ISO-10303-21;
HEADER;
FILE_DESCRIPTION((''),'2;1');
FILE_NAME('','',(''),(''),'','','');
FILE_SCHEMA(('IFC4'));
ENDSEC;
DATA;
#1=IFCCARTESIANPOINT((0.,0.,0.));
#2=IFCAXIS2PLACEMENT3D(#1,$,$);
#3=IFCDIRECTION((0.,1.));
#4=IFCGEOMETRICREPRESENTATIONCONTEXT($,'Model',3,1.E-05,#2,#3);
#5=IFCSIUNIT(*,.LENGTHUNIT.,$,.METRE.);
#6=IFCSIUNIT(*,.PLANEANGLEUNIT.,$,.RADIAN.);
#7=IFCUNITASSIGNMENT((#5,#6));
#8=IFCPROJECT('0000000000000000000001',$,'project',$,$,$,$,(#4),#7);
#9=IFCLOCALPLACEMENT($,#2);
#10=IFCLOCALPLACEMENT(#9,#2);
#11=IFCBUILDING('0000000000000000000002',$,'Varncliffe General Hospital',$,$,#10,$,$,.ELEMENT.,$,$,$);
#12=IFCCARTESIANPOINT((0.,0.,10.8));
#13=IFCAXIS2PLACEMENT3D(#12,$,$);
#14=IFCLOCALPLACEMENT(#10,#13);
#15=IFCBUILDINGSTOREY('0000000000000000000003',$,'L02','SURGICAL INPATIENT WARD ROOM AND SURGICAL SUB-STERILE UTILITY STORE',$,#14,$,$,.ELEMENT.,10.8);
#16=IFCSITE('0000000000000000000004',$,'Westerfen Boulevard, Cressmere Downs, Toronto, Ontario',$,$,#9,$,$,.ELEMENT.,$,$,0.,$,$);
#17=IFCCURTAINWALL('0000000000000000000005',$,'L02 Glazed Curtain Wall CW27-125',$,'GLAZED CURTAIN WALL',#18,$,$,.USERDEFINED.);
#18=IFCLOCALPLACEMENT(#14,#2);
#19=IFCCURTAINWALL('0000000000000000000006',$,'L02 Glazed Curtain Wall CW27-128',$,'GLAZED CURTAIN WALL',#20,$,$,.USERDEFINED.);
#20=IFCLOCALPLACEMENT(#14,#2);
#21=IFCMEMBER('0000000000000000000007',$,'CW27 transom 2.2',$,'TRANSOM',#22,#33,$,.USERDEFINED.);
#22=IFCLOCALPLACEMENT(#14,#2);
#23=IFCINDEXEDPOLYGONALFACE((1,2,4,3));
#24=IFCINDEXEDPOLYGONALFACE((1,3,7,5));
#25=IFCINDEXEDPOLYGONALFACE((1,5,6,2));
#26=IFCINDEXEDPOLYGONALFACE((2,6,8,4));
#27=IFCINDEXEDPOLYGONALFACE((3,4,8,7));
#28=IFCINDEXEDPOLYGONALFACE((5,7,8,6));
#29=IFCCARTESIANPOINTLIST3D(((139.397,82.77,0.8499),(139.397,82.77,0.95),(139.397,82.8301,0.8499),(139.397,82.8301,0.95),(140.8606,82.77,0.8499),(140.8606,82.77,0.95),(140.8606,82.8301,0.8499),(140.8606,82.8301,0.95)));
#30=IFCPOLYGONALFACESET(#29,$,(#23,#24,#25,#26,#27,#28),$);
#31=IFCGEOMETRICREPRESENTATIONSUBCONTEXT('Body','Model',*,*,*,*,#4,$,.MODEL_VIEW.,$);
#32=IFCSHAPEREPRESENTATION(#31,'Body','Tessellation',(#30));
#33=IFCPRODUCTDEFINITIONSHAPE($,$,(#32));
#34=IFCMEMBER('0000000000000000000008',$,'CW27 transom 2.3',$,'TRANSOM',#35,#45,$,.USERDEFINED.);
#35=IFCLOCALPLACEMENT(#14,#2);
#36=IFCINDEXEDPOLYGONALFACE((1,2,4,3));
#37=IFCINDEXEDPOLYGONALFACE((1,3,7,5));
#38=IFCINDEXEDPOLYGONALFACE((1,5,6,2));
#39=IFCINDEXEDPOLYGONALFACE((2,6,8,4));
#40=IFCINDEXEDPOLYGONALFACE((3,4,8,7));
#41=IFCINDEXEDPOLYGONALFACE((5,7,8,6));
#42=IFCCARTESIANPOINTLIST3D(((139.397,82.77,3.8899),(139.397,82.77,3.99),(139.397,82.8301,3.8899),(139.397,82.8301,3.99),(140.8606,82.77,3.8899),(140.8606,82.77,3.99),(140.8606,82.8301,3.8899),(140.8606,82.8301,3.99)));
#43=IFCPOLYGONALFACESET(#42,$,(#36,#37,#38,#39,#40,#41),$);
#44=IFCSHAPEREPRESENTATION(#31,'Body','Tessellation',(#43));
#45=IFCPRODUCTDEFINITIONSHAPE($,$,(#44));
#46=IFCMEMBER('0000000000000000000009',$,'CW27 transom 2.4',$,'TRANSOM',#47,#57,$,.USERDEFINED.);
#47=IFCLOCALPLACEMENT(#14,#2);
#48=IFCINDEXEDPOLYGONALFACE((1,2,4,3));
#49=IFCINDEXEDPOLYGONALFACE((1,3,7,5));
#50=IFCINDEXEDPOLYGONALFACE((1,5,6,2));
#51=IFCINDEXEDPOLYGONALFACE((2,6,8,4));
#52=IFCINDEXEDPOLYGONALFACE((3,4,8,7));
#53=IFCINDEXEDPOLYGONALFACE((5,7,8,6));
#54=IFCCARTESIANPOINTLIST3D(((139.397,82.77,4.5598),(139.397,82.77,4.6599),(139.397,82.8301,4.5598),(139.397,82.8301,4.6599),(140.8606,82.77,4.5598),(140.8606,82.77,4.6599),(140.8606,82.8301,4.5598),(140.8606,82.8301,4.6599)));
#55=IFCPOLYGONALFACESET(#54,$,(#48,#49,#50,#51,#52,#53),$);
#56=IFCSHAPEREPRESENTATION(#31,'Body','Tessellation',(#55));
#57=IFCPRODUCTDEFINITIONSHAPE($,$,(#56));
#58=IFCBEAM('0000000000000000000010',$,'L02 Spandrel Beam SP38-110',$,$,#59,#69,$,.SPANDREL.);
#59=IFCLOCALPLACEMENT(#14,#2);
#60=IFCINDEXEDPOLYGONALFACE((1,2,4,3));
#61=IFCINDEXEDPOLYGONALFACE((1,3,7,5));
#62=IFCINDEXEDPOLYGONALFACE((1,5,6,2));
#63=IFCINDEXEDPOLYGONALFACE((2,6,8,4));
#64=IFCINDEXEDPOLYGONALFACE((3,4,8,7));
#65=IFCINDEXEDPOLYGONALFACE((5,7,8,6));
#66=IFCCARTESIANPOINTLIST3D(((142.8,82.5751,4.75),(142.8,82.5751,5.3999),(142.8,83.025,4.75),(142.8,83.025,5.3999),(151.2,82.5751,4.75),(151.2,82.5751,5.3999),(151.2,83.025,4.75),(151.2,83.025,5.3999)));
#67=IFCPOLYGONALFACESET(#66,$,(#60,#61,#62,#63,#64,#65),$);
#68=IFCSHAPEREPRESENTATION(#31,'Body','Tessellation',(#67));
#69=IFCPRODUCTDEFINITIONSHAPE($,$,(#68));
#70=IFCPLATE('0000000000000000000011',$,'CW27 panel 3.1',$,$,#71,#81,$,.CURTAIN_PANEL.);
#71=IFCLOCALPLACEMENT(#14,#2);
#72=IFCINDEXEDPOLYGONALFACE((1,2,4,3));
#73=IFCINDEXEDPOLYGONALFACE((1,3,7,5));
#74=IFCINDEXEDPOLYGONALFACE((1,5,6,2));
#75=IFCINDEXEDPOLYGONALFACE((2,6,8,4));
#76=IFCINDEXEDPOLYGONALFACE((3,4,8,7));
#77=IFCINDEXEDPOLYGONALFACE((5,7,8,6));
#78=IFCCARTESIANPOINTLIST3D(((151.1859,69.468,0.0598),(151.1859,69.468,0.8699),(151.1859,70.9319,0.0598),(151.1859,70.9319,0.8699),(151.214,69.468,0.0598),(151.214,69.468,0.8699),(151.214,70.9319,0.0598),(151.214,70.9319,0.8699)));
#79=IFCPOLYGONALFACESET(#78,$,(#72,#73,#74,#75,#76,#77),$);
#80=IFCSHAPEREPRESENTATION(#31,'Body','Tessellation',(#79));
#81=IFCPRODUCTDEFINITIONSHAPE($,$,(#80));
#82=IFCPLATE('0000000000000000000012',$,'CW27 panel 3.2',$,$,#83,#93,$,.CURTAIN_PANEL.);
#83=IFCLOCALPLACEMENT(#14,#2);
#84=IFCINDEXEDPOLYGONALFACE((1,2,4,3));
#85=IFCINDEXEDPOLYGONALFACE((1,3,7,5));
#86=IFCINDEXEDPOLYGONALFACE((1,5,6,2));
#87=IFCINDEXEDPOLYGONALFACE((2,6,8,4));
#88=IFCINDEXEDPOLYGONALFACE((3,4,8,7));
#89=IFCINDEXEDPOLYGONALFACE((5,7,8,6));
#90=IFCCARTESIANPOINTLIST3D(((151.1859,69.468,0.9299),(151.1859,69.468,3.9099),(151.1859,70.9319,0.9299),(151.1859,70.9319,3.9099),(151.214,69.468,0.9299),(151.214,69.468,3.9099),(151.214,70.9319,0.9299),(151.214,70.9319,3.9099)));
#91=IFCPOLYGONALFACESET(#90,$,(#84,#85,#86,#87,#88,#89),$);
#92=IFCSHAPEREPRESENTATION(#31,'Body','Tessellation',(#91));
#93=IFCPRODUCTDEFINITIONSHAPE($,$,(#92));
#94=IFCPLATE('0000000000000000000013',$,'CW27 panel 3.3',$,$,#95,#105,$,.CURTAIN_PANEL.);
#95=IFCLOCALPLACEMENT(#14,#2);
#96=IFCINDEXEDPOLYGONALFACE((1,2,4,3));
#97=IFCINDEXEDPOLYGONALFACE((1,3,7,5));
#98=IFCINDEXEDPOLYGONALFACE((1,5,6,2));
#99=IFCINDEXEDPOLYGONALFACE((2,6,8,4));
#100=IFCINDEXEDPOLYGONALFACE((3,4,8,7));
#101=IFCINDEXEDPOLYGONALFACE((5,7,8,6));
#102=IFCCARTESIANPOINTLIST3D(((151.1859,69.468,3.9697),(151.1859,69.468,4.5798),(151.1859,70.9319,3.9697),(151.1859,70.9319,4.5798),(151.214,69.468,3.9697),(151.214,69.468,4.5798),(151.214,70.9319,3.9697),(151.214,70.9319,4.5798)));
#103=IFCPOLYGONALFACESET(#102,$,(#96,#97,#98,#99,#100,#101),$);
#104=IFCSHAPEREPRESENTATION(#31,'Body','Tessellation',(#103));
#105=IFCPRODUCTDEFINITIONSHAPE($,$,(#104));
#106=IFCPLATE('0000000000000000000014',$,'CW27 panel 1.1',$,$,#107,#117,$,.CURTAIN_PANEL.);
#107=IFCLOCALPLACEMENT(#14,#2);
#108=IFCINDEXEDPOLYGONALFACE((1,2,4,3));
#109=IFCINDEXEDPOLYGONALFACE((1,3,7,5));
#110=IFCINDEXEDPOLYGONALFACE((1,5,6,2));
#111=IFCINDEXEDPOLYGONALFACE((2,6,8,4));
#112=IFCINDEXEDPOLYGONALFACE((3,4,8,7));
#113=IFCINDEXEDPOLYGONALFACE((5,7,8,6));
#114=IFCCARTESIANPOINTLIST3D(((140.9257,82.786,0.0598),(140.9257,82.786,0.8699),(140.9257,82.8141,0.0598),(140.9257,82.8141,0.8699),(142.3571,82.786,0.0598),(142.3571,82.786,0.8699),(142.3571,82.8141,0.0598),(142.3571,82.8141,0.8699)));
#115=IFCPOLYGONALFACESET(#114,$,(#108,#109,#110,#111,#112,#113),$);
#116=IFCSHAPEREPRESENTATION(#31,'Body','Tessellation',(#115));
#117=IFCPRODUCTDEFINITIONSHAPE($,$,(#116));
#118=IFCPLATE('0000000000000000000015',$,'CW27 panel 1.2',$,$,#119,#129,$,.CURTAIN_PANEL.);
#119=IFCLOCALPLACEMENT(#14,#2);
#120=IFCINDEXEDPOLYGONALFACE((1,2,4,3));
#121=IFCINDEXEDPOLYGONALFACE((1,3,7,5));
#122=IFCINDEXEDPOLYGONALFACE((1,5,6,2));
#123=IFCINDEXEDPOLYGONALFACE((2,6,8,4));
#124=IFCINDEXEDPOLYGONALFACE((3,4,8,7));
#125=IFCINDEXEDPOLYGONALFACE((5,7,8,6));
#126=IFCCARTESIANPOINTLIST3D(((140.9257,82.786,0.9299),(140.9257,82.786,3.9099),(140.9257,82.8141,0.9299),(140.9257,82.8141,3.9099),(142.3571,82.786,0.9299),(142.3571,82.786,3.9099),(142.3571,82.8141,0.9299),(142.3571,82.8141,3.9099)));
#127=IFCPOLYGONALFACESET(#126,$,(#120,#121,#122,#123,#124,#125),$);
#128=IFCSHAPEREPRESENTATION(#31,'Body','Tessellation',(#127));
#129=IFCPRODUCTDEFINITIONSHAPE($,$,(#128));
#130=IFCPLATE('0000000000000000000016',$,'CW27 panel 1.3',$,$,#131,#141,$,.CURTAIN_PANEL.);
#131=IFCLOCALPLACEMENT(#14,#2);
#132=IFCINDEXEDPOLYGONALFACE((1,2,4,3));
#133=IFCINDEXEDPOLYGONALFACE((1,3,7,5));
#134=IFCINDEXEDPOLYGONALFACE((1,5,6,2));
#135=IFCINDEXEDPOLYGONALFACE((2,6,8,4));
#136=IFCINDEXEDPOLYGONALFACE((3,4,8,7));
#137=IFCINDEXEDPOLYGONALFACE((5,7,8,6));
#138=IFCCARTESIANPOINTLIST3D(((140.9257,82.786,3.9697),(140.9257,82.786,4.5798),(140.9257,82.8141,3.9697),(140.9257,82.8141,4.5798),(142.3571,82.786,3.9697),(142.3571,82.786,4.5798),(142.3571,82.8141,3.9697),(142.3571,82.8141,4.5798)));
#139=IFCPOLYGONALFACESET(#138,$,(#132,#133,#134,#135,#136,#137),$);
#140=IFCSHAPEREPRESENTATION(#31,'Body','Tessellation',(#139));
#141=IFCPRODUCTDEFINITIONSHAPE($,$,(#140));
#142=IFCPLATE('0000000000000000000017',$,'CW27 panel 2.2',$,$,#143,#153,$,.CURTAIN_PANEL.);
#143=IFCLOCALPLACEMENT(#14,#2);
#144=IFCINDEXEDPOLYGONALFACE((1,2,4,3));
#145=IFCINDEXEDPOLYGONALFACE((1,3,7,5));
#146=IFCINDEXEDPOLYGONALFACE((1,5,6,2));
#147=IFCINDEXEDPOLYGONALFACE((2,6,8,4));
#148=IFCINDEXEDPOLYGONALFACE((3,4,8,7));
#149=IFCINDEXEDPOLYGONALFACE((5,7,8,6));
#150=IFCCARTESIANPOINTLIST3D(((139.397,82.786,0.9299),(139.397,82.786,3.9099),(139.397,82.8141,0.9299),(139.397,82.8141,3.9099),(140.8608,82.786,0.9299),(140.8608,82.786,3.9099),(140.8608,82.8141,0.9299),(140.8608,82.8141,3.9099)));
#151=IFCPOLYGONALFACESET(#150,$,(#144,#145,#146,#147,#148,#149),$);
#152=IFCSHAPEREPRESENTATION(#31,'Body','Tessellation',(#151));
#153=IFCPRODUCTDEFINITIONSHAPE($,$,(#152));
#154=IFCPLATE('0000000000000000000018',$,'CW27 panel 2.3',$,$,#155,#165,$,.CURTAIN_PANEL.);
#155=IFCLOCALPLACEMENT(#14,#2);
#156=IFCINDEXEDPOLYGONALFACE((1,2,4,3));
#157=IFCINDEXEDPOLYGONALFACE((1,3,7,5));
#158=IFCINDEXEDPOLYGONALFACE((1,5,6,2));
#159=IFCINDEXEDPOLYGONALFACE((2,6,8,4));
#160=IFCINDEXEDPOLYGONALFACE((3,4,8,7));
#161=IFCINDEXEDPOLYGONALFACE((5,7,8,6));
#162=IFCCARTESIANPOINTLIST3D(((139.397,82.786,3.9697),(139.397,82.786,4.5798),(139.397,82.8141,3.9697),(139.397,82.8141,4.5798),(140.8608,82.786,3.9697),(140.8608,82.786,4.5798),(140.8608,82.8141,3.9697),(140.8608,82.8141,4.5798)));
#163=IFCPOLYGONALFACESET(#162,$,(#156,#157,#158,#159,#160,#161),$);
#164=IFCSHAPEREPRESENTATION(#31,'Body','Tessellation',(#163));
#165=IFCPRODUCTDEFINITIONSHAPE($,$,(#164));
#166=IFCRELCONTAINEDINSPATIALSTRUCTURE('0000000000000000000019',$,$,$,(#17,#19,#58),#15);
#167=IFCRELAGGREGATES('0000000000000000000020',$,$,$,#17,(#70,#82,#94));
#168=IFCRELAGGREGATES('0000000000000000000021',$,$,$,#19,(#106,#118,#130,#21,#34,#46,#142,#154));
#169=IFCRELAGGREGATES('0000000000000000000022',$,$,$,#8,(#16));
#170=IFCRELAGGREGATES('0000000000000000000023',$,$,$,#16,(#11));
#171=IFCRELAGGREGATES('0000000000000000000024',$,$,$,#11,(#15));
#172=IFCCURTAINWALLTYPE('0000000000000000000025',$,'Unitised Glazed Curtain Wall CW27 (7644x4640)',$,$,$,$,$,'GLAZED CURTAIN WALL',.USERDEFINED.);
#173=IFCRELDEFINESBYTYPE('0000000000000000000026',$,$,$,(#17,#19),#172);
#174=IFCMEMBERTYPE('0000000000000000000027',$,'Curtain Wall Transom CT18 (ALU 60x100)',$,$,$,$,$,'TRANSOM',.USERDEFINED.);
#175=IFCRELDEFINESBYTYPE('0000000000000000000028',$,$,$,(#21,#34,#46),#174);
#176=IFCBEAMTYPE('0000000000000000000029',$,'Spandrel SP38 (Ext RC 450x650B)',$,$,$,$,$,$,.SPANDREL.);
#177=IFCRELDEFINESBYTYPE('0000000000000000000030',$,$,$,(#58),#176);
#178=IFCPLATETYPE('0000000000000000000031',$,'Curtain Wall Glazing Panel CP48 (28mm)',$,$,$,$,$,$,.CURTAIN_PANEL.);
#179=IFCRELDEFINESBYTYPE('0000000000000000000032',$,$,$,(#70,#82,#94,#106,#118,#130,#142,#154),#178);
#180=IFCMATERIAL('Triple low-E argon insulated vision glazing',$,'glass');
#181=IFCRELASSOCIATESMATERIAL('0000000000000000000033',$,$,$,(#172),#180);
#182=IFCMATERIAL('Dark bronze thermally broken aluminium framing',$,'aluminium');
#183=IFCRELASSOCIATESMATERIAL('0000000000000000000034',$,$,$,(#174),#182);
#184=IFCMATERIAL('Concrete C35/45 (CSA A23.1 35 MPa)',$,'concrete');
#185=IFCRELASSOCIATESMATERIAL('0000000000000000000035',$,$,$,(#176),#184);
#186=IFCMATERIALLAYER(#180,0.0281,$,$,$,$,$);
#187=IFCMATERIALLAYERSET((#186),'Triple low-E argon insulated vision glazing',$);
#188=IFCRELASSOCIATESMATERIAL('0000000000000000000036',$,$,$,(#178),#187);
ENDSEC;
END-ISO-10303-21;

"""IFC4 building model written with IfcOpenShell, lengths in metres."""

from ifc_helpers import new_model, si_unit, direction, frame, origin, origin_2d, place, context, subcontext, project, spatial, rectangle, extrude, material, layer, layer_set, material_profile, profile_set, type_object, element, aggregate, save


model = new_model("IFC4")

# Units and contexts
model_context = context("Model", 3, precision=1e-05, world=origin(), true_north=direction((0.0, 1.0)))
body_context = subcontext(model_context, "Body", "Model", "MODEL_VIEW")
ifc_project = project(units=[si_unit("LENGTHUNIT", "METRE"), si_unit("PLANEANGLEUNIT", "RADIAN")], contexts=[model_context])

# Site, building, storey
site_placement = place(None, origin())
site = spatial("IfcSite", under=ifc_project, at=site_placement, Name="Westerfen Boulevard, Cressmere Downs, Toronto, Ontario", CompositionType="ELEMENT", RefElevation=0.0)
building_placement = place(site_placement, origin())
building = spatial("IfcBuilding", under=site, at=building_placement, Name="Varncliffe General Hospital", CompositionType="ELEMENT")
storey_placement = place(building_placement, frame((0.0, 0.0, 10.8)))
storey = spatial("IfcBuildingStorey", under=building, at=storey_placement, Name="L02", Description="SURGICAL INPATIENT WARD ROOM AND SURGICAL SUB-STERILE UTILITY STORE", CompositionType="ELEMENT", Elevation=10.8)

# Curtain walls
ifc_material_1 = material(Name="Triple low-E argon insulated vision glazing", Category="glass")
curtain_wall_type = type_object("IfcCurtainWallType", Name="Unitised Glazed Curtain Wall CW27 (7644x4640)", ElementType="GLAZED CURTAIN WALL", PredefinedType="USERDEFINED", material=ifc_material_1)
curtain_wall_1_placement = place(storey_placement, origin())
curtain_wall_1 = element("IfcCurtainWall", 1, at=curtain_wall_1_placement, inside=storey, type_object=curtain_wall_type, Name="L02 Glazed Curtain Wall CW27-125", ObjectType="GLAZED CURTAIN WALL", PredefinedType="USERDEFINED")
ifc_material_2 = material(Name="Dark bronze thermally broken aluminium framing", Category="aluminium")
curtain_wall_2_placement = place(storey_placement, origin())
curtain_wall_2 = element("IfcCurtainWall", 2, at=curtain_wall_2_placement, inside=storey, type_object=curtain_wall_type, Name="L02 Glazed Curtain Wall CW27-128", ObjectType="GLAZED CURTAIN WALL", PredefinedType="USERDEFINED")

# Members
ifc_material_profile_1 = material_profile(ifc_material_2, rectangle(XDim=0.0601, YDim=0.1001, at=origin_2d()), Name="ALU 60x100")
ifc_profile_set_1 = profile_set([ifc_material_profile_1], Name="Dark bronze thermally broken aluminium framing")
member_type_1 = type_object("IfcMemberType", Name="Curtain Wall Transom CT18 (ALU 60x100)", ElementType="TRANSOM", PredefinedType="USERDEFINED", material=ifc_profile_set_1)
member_1_placement = place(storey_placement, frame((140.8606, 82.8, 0.8999), z_axis=(-1.0, 0.0, 0.0), x_axis=(0.0, -1.0, 0.0)))
member_1 = element("IfcMember", 3, at=member_1_placement, type_object=member_type_1, Name="CW27 transom 2.2", ObjectType="TRANSOM", PredefinedType="USERDEFINED", context=body_context, shape_type="SweptSolid", body=[
    extrude(rectangle(XDim=0.0601, YDim=0.1001, at=origin_2d()), origin(), (0.0, 0.0, 1.0), 1.4636),
])
member_2_placement = place(storey_placement, frame((140.8606, 82.8, 3.9399), z_axis=(-1.0, 0.0, 0.0), x_axis=(0.0, -1.0, 0.0)))
member_2 = element("IfcMember", 4, at=member_2_placement, type_object=member_type_1, Name="CW27 transom 2.3", ObjectType="TRANSOM", PredefinedType="USERDEFINED", context=body_context, shape_type="SweptSolid", body=[
    extrude(rectangle(XDim=0.0601, YDim=0.1001, at=origin_2d()), origin(), (0.0, 0.0, 1.0), 1.4636),
])
member_3_placement = place(storey_placement, frame((140.8606, 82.8, 4.6099), z_axis=(-1.0, 0.0, 0.0), x_axis=(0.0, -1.0, 0.0)))
member_3 = element("IfcMember", 5, at=member_3_placement, type_object=member_type_1, Name="CW27 transom 2.4", ObjectType="TRANSOM", PredefinedType="USERDEFINED", context=body_context, shape_type="SweptSolid", body=[
    extrude(rectangle(XDim=0.0601, YDim=0.1001, at=origin_2d()), origin(), (0.0, 0.0, 1.0), 1.4636),
])

# Beam
ifc_material_3 = material(Name="Concrete C35/45 (CSA A23.1 35 MPa)", Category="concrete")
ifc_material_profile_2 = material_profile(ifc_material_3, rectangle(XDim=0.45, YDim=0.6499, at=origin_2d()), Name="RC 450x650")
ifc_profile_set_2 = profile_set([ifc_material_profile_2], Name="Concrete C35/45 (CSA A23.1 35 MPa)")
beam_type = type_object("IfcBeamType", Name="Spandrel SP38 (Ext RC 450x650B)", PredefinedType="SPANDREL", material=ifc_profile_set_2)
beam_placement = place(storey_placement, frame((142.8, 82.8, 5.075), z_axis=(1.0, 0.0, 0.0), x_axis=(0.0, 1.0, 0.0)))
element("IfcBeam", 6, at=beam_placement, inside=storey, type_object=beam_type, Name="L02 Spandrel Beam SP38-110", PredefinedType="SPANDREL", context=body_context, shape_type="SweptSolid", body=[
    extrude(rectangle(XDim=0.45, YDim=0.6499, at=origin_2d()), origin(), (0.0, 0.0, 1.0), 8.3999),
])

# Plates
ifc_layer = layer(ifc_material_1, 0.0281)
ifc_layer_set = layer_set([ifc_layer], Name="Triple low-E argon insulated vision glazing")
plate_type = type_object("IfcPlateType", Name="Curtain Wall Glazing Panel CP48 (28mm)", PredefinedType="CURTAIN_PANEL", material=ifc_layer_set)
plate_1_placement = place(storey_placement, frame((151.2, 70.2, 0.0598), z_axis=(0.0, 0.0, 1.0), x_axis=(0.0, 1.0, 0.0)))
plate_1 = element("IfcPlate", 7, at=plate_1_placement, type_object=plate_type, Name="CW27 panel 3.1", PredefinedType="CURTAIN_PANEL", context=body_context, shape_type="SweptSolid", body=[
    extrude(rectangle(XDim=1.4639, YDim=0.0281, at=origin_2d()), origin(), (0.0, 0.0, 1.0), 0.8101),
])
plate_2_placement = place(storey_placement, frame((151.2, 70.2, 0.9299), z_axis=(0.0, 0.0, 1.0), x_axis=(0.0, 1.0, 0.0)))
plate_2 = element("IfcPlate", 8, at=plate_2_placement, type_object=plate_type, Name="CW27 panel 3.2", PredefinedType="CURTAIN_PANEL", context=body_context, shape_type="SweptSolid", body=[
    extrude(rectangle(XDim=1.4639, YDim=0.0281, at=origin_2d()), origin(), (0.0, 0.0, 1.0), 2.98),
])
plate_3_placement = place(storey_placement, frame((151.2, 70.2, 3.9697), z_axis=(0.0, 0.0, 1.0), x_axis=(0.0, 1.0, 0.0)))
plate_3 = element("IfcPlate", 9, at=plate_3_placement, type_object=plate_type, Name="CW27 panel 3.3", PredefinedType="CURTAIN_PANEL", context=body_context, shape_type="SweptSolid", body=[
    extrude(rectangle(XDim=1.4639, YDim=0.0281, at=origin_2d()), origin(), (0.0, 0.0, 1.0), 0.6101),
])
aggregate(curtain_wall_1, [plate_1, plate_2, plate_3])
plate_4_placement = place(storey_placement, frame((141.6414, 82.8, 0.0598), z_axis=(0.0, 0.0, 1.0), x_axis=(-1.0, 0.0, 0.0)))
plate_4 = element("IfcPlate", 10, at=plate_4_placement, type_object=plate_type, Name="CW27 panel 1.1", PredefinedType="CURTAIN_PANEL", context=body_context, shape_type="SweptSolid", body=[
    extrude(rectangle(XDim=1.4314, YDim=0.0281, at=origin_2d()), origin(), (0.0, 0.0, 1.0), 0.8101),
])
plate_5_placement = place(storey_placement, frame((141.6414, 82.8, 0.9299), z_axis=(0.0, 0.0, 1.0), x_axis=(-1.0, 0.0, 0.0)))
plate_5 = element("IfcPlate", 11, at=plate_5_placement, type_object=plate_type, Name="CW27 panel 1.2", PredefinedType="CURTAIN_PANEL", context=body_context, shape_type="SweptSolid", body=[
    extrude(rectangle(XDim=1.4314, YDim=0.0281, at=origin_2d()), origin(), (0.0, 0.0, 1.0), 2.98),
])
plate_6_placement = place(storey_placement, frame((141.6414, 82.8, 3.9697), z_axis=(0.0, 0.0, 1.0), x_axis=(-1.0, 0.0, 0.0)))
plate_6 = element("IfcPlate", 12, at=plate_6_placement, type_object=plate_type, Name="CW27 panel 1.3", PredefinedType="CURTAIN_PANEL", context=body_context, shape_type="SweptSolid", body=[
    extrude(rectangle(XDim=1.4314, YDim=0.0281, at=origin_2d()), origin(), (0.0, 0.0, 1.0), 0.6101),
])
plate_7_placement = place(storey_placement, frame((140.1289, 82.8, 0.9299), z_axis=(0.0, 0.0, 1.0), x_axis=(-1.0, 0.0, 0.0)))
plate_7 = element("IfcPlate", 13, at=plate_7_placement, type_object=plate_type, Name="CW27 panel 2.2", PredefinedType="CURTAIN_PANEL", context=body_context, shape_type="SweptSolid", body=[
    extrude(rectangle(XDim=1.4639, YDim=0.0281, at=origin_2d()), origin(), (0.0, 0.0, 1.0), 2.98),
])
plate_8_placement = place(storey_placement, frame((140.1289, 82.8, 3.9697), z_axis=(0.0, 0.0, 1.0), x_axis=(-1.0, 0.0, 0.0)))
plate_8 = element("IfcPlate", 14, at=plate_8_placement, type_object=plate_type, Name="CW27 panel 2.3", PredefinedType="CURTAIN_PANEL", context=body_context, shape_type="SweptSolid", body=[
    extrude(rectangle(XDim=1.4639, YDim=0.0281, at=origin_2d()), origin(), (0.0, 0.0, 1.0), 0.6101),
])
aggregate(curtain_wall_2, [plate_4, plate_5, plate_6, member_1, member_2, member_3, plate_7, plate_8])

save(model, "model.ifc")
